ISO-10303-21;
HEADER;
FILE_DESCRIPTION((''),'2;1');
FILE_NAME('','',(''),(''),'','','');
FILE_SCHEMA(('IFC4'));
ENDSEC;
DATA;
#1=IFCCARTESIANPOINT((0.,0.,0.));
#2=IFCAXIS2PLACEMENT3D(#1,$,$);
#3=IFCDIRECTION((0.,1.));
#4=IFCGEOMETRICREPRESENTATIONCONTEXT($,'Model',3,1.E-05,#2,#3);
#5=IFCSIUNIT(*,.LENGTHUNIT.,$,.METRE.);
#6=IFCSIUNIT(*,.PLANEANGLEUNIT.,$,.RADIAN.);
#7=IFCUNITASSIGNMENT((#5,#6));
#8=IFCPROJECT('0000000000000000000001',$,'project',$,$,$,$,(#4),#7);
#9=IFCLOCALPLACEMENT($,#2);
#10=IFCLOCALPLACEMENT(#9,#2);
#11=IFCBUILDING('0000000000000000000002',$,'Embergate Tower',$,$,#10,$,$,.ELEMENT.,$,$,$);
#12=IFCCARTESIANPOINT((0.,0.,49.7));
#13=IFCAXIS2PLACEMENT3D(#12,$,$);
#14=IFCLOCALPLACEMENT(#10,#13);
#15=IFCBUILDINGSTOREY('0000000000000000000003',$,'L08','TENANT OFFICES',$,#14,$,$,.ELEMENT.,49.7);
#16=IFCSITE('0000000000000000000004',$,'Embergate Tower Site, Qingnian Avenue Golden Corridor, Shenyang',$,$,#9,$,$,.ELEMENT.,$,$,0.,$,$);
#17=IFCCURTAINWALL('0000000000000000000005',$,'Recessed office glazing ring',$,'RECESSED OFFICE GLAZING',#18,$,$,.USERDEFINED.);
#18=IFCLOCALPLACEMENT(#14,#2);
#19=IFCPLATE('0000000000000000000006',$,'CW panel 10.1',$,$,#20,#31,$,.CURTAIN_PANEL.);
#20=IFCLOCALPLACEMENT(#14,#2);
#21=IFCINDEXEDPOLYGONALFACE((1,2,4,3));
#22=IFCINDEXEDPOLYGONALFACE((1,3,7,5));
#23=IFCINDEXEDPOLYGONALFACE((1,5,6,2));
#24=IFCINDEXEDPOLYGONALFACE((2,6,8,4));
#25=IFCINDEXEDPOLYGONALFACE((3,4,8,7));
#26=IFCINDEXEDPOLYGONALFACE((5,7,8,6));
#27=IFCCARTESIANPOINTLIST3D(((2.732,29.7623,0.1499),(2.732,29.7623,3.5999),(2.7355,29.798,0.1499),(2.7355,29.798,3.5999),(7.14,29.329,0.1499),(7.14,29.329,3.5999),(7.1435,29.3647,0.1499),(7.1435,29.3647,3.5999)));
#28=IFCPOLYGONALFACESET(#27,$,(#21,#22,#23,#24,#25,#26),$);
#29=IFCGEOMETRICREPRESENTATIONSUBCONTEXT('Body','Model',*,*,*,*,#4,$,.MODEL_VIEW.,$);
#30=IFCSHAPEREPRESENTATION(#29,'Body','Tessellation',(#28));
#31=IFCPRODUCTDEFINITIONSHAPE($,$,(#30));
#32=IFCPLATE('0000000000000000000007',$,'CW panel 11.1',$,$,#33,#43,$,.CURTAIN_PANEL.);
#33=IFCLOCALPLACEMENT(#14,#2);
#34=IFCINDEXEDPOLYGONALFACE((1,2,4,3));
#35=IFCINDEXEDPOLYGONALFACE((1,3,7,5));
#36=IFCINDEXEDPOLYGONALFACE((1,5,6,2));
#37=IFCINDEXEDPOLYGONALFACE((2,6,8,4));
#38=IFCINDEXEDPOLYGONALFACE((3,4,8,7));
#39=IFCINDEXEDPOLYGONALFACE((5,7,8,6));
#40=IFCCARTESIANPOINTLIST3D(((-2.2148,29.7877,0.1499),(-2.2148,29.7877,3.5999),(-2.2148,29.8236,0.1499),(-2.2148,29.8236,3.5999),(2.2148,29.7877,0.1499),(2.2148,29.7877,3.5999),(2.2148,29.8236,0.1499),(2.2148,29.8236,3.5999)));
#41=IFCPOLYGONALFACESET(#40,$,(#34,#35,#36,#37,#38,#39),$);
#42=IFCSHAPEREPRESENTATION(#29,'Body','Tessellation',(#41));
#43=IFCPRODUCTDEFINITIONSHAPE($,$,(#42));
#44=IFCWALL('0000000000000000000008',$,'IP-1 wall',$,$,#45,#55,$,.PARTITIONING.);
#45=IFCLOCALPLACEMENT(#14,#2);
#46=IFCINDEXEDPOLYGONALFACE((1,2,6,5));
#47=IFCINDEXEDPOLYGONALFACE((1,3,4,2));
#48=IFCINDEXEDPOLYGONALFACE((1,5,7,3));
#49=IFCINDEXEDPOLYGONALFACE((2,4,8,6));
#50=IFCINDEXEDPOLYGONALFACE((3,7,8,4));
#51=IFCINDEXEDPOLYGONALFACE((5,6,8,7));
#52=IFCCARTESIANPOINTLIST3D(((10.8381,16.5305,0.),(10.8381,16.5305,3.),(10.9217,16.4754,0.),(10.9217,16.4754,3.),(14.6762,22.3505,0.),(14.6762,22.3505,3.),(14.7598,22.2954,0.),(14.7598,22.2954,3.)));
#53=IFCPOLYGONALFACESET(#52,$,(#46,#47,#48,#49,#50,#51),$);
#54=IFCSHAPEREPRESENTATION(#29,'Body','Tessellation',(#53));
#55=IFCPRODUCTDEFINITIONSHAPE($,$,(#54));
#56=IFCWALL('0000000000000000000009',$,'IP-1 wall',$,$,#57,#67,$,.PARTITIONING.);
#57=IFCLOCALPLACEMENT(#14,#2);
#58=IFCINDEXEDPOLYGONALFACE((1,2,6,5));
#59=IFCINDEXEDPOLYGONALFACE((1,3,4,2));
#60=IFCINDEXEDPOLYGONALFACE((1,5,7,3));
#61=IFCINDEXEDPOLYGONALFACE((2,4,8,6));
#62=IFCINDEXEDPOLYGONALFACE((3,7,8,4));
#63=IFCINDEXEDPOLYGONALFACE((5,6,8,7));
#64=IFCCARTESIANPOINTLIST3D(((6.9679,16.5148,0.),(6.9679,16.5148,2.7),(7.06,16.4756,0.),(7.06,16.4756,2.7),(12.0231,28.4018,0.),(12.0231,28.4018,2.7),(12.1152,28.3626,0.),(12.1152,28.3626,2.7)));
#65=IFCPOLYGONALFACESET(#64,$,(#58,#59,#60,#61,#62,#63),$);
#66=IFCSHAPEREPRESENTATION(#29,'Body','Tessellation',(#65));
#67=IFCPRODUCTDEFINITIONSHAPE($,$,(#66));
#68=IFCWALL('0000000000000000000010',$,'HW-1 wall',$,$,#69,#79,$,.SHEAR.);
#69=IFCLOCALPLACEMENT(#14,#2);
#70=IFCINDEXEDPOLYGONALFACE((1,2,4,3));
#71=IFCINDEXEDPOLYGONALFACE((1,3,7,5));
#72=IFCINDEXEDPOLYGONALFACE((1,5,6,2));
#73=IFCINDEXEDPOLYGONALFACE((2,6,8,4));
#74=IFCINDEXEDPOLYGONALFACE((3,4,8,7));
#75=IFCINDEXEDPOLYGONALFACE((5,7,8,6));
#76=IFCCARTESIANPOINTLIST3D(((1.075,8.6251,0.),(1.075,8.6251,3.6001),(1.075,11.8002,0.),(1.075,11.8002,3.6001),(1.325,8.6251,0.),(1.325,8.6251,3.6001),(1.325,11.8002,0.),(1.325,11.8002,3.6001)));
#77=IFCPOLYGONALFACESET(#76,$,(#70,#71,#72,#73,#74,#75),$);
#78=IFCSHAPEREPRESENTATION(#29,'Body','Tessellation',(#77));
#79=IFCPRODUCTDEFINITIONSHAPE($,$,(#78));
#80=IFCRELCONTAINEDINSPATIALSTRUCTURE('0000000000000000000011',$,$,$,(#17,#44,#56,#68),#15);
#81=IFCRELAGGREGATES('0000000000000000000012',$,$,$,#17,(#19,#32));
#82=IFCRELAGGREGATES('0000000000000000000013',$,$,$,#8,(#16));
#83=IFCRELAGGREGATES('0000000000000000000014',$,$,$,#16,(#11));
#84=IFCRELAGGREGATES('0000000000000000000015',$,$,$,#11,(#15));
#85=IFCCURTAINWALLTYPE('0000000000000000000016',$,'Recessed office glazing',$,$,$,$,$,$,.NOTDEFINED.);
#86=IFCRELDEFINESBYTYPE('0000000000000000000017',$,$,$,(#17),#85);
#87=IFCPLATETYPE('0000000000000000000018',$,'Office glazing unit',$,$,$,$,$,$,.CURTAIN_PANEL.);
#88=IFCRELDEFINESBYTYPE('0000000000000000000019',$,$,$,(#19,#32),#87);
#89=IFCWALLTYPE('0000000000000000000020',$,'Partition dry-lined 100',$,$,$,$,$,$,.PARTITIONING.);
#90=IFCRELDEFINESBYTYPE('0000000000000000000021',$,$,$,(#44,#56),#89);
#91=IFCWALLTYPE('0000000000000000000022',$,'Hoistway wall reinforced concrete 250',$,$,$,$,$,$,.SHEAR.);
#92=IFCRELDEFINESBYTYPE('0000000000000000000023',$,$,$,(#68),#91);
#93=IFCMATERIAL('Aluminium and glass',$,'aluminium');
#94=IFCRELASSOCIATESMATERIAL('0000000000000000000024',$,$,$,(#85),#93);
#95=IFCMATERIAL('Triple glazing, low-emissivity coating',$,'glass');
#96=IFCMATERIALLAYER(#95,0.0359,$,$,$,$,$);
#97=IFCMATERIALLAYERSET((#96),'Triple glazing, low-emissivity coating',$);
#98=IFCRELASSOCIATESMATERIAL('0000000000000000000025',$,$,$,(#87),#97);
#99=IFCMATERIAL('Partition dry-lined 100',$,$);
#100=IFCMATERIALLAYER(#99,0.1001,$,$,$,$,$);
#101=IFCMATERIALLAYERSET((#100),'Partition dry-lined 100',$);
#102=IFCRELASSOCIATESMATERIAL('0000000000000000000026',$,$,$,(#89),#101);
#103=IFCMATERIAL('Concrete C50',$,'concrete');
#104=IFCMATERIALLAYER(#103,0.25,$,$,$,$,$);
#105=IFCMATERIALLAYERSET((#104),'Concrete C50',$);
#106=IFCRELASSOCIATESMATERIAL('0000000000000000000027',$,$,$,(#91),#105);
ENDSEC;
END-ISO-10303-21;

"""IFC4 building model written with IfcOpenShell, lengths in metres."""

from ifc_helpers import new_model, si_unit, direction, frame, frame_2d, origin, origin_2d, place, context, subcontext, project, spatial, rectangle, extrude, source, transform, mapped, material, layer, layer_set, type_object, element, aggregate, save


model = new_model("IFC4")

# Units and contexts
model_context = context("Model", 3, precision=1e-05, world=origin(), true_north=direction((0.0, 1.0)))
body_context = subcontext(model_context, "Body", "Model", "MODEL_VIEW")
ifc_project = project(units=[si_unit("LENGTHUNIT", "METRE"), si_unit("PLANEANGLEUNIT", "RADIAN")], contexts=[model_context])

# Site, building, storey
site_placement = place(None, origin())
site = spatial("IfcSite", under=ifc_project, at=site_placement, Name="Embergate Tower Site, Qingnian Avenue Golden Corridor, Shenyang", CompositionType="ELEMENT", RefElevation=0.0)
building_placement = place(site_placement, origin())
building = spatial("IfcBuilding", under=site, at=building_placement, Name="Embergate Tower", CompositionType="ELEMENT")
storey_placement = place(building_placement, frame((0.0, 0.0, 49.7)))
storey = spatial("IfcBuildingStorey", under=building, at=storey_placement, Name="L08", Description="TENANT OFFICES", CompositionType="ELEMENT", Elevation=49.7)

# Curtain wall, plates
ifc_material_1 = material(Name="Aluminium and glass", Category="aluminium")
curtain_wall_type = type_object("IfcCurtainWallType", Name="Recessed office glazing", PredefinedType="NOTDEFINED", material=ifc_material_1)
curtain_wall_placement = place(storey_placement, origin())
curtain_wall = element("IfcCurtainWall", 1, at=curtain_wall_placement, inside=storey, type_object=curtain_wall_type, Name="Recessed office glazing ring", ObjectType="RECESSED OFFICE GLAZING", PredefinedType="USERDEFINED")
ifc_material_2 = material(Name="Triple glazing, low-emissivity coating", Category="glass")
ifc_layer_1 = layer(ifc_material_2, 0.0359)
ifc_layer_set_1 = layer_set([ifc_layer_1], Name="Triple glazing, low-emissivity coating")
plate_type = type_object("IfcPlateType", Name="Office glazing unit", PredefinedType="CURTAIN_PANEL", material=ifc_layer_set_1)
shared_shape_1 = source(origin(), body_context, "Body", "SweptSolid", [
    extrude(rectangle(XDim=4.4292, YDim=0.0359, at=origin_2d()), origin(), (0.0, 0.0, 1.0), 3.45),
])
plate_1_placement = place(storey_placement, frame((4.9377, 29.5635, 0.1499), z_axis=(0.0, 0.0, 1.0), x_axis=(-0.995203, 0.09783, 0.0)))
plate_1 = element("IfcPlate", 2, at=plate_1_placement, type_object=plate_type, Name="CW panel 10.1", PredefinedType="CURTAIN_PANEL", context=body_context, shape_type="MappedRepresentation", body=[
    mapped(shared_shape_1, transform((0.0, 0.0, 0.0))),
])
shared_shape_2 = source(origin(), body_context, "Body", "SweptSolid", [
    extrude(rectangle(XDim=4.4297, YDim=0.0359, at=origin_2d()), origin(), (0.0, 0.0, 1.0), 3.45),
])
plate_2_placement = place(storey_placement, frame((0.0, 29.8057, 0.1499), z_axis=(0.0, 0.0, 1.0), x_axis=(-1.0, 0.0, 0.0)))
plate_2 = element("IfcPlate", 3, at=plate_2_placement, type_object=plate_type, Name="CW panel 11.1", PredefinedType="CURTAIN_PANEL", context=body_context, shape_type="MappedRepresentation", body=[
    mapped(shared_shape_2, transform((0.0, 0.0, 0.0))),
])
aggregate(curtain_wall, [plate_1, plate_2])

# Walls
ifc_material_3 = material(Name="Partition dry-lined 100")
ifc_layer_2 = layer(ifc_material_3, 0.1001)
ifc_layer_set_2 = layer_set([ifc_layer_2], Name="Partition dry-lined 100")
wall_type_1 = type_object("IfcWallType", Name="Partition dry-lined 100", PredefinedType="PARTITIONING", material=ifc_layer_set_2)
shared_shape_3 = source(origin(), body_context, "Body", "SweptSolid", [
    extrude(rectangle(XDim=6.9717, YDim=0.1001, at=frame_2d((3.4858, 0.0))), origin(), (0.0, 0.0, 1.0), 3.0),
])
wall_1_placement = place(storey_placement, frame((10.8799, 16.5029, 0.0), z_axis=(0.0, 0.0, 1.0), x_axis=(0.550531, 0.834814, 0.0)))
element("IfcWall", 4, at=wall_1_placement, inside=storey, type_object=wall_type_1, Name="IP-1 wall", PredefinedType="PARTITIONING", context=body_context, shape_type="MappedRepresentation", body=[
    mapped(shared_shape_3, transform((0.0, 0.0, 0.0))),
])
shared_shape_4 = source(origin(), body_context, "Body", "SweptSolid", [
    extrude(rectangle(XDim=12.9172, YDim=0.1001, at=frame_2d((6.4585, 0.0))), origin(), (0.0, 0.0, 1.0), 2.7),
])
wall_2_placement = place(storey_placement, frame((12.0691, 28.3821, 0.0), z_axis=(0.0, 0.0, 1.0), x_axis=(-0.391352, -0.920241, 0.0)))
element("IfcWall", 5, at=wall_2_placement, inside=storey, type_object=wall_type_1, Name="IP-1 wall", PredefinedType="PARTITIONING", context=body_context, shape_type="MappedRepresentation", body=[
    mapped(shared_shape_4, transform((0.0, 0.0, 0.0))),
])
ifc_material_4 = material(Name="Concrete C50", Category="concrete")
ifc_layer_3 = layer(ifc_material_4, 0.25)
ifc_layer_set_3 = layer_set([ifc_layer_3], Name="Concrete C50")
wall_type_2 = type_object("IfcWallType", Name="Hoistway wall reinforced concrete 250", PredefinedType="SHEAR", material=ifc_layer_set_3)
shared_shape_5 = source(origin(), body_context, "Body", "SweptSolid", [
    extrude(rectangle(XDim=3.175, YDim=0.25, at=frame_2d((1.5874, 0.0))), origin(), (0.0, 0.0, 1.0), 3.6001),
])
wall_3_placement = place(storey_placement, frame((1.2, 11.8, 0.0), z_axis=(0.0, 0.0, 1.0), x_axis=(0.0, -1.0, 0.0)))
element("IfcWall", 6, at=wall_3_placement, inside=storey, type_object=wall_type_2, Name="HW-1 wall", PredefinedType="SHEAR", context=body_context, shape_type="MappedRepresentation", body=[
    mapped(shared_shape_5, transform((0.0, 0.0, 0.0))),
])

save(model, "model.ifc")
